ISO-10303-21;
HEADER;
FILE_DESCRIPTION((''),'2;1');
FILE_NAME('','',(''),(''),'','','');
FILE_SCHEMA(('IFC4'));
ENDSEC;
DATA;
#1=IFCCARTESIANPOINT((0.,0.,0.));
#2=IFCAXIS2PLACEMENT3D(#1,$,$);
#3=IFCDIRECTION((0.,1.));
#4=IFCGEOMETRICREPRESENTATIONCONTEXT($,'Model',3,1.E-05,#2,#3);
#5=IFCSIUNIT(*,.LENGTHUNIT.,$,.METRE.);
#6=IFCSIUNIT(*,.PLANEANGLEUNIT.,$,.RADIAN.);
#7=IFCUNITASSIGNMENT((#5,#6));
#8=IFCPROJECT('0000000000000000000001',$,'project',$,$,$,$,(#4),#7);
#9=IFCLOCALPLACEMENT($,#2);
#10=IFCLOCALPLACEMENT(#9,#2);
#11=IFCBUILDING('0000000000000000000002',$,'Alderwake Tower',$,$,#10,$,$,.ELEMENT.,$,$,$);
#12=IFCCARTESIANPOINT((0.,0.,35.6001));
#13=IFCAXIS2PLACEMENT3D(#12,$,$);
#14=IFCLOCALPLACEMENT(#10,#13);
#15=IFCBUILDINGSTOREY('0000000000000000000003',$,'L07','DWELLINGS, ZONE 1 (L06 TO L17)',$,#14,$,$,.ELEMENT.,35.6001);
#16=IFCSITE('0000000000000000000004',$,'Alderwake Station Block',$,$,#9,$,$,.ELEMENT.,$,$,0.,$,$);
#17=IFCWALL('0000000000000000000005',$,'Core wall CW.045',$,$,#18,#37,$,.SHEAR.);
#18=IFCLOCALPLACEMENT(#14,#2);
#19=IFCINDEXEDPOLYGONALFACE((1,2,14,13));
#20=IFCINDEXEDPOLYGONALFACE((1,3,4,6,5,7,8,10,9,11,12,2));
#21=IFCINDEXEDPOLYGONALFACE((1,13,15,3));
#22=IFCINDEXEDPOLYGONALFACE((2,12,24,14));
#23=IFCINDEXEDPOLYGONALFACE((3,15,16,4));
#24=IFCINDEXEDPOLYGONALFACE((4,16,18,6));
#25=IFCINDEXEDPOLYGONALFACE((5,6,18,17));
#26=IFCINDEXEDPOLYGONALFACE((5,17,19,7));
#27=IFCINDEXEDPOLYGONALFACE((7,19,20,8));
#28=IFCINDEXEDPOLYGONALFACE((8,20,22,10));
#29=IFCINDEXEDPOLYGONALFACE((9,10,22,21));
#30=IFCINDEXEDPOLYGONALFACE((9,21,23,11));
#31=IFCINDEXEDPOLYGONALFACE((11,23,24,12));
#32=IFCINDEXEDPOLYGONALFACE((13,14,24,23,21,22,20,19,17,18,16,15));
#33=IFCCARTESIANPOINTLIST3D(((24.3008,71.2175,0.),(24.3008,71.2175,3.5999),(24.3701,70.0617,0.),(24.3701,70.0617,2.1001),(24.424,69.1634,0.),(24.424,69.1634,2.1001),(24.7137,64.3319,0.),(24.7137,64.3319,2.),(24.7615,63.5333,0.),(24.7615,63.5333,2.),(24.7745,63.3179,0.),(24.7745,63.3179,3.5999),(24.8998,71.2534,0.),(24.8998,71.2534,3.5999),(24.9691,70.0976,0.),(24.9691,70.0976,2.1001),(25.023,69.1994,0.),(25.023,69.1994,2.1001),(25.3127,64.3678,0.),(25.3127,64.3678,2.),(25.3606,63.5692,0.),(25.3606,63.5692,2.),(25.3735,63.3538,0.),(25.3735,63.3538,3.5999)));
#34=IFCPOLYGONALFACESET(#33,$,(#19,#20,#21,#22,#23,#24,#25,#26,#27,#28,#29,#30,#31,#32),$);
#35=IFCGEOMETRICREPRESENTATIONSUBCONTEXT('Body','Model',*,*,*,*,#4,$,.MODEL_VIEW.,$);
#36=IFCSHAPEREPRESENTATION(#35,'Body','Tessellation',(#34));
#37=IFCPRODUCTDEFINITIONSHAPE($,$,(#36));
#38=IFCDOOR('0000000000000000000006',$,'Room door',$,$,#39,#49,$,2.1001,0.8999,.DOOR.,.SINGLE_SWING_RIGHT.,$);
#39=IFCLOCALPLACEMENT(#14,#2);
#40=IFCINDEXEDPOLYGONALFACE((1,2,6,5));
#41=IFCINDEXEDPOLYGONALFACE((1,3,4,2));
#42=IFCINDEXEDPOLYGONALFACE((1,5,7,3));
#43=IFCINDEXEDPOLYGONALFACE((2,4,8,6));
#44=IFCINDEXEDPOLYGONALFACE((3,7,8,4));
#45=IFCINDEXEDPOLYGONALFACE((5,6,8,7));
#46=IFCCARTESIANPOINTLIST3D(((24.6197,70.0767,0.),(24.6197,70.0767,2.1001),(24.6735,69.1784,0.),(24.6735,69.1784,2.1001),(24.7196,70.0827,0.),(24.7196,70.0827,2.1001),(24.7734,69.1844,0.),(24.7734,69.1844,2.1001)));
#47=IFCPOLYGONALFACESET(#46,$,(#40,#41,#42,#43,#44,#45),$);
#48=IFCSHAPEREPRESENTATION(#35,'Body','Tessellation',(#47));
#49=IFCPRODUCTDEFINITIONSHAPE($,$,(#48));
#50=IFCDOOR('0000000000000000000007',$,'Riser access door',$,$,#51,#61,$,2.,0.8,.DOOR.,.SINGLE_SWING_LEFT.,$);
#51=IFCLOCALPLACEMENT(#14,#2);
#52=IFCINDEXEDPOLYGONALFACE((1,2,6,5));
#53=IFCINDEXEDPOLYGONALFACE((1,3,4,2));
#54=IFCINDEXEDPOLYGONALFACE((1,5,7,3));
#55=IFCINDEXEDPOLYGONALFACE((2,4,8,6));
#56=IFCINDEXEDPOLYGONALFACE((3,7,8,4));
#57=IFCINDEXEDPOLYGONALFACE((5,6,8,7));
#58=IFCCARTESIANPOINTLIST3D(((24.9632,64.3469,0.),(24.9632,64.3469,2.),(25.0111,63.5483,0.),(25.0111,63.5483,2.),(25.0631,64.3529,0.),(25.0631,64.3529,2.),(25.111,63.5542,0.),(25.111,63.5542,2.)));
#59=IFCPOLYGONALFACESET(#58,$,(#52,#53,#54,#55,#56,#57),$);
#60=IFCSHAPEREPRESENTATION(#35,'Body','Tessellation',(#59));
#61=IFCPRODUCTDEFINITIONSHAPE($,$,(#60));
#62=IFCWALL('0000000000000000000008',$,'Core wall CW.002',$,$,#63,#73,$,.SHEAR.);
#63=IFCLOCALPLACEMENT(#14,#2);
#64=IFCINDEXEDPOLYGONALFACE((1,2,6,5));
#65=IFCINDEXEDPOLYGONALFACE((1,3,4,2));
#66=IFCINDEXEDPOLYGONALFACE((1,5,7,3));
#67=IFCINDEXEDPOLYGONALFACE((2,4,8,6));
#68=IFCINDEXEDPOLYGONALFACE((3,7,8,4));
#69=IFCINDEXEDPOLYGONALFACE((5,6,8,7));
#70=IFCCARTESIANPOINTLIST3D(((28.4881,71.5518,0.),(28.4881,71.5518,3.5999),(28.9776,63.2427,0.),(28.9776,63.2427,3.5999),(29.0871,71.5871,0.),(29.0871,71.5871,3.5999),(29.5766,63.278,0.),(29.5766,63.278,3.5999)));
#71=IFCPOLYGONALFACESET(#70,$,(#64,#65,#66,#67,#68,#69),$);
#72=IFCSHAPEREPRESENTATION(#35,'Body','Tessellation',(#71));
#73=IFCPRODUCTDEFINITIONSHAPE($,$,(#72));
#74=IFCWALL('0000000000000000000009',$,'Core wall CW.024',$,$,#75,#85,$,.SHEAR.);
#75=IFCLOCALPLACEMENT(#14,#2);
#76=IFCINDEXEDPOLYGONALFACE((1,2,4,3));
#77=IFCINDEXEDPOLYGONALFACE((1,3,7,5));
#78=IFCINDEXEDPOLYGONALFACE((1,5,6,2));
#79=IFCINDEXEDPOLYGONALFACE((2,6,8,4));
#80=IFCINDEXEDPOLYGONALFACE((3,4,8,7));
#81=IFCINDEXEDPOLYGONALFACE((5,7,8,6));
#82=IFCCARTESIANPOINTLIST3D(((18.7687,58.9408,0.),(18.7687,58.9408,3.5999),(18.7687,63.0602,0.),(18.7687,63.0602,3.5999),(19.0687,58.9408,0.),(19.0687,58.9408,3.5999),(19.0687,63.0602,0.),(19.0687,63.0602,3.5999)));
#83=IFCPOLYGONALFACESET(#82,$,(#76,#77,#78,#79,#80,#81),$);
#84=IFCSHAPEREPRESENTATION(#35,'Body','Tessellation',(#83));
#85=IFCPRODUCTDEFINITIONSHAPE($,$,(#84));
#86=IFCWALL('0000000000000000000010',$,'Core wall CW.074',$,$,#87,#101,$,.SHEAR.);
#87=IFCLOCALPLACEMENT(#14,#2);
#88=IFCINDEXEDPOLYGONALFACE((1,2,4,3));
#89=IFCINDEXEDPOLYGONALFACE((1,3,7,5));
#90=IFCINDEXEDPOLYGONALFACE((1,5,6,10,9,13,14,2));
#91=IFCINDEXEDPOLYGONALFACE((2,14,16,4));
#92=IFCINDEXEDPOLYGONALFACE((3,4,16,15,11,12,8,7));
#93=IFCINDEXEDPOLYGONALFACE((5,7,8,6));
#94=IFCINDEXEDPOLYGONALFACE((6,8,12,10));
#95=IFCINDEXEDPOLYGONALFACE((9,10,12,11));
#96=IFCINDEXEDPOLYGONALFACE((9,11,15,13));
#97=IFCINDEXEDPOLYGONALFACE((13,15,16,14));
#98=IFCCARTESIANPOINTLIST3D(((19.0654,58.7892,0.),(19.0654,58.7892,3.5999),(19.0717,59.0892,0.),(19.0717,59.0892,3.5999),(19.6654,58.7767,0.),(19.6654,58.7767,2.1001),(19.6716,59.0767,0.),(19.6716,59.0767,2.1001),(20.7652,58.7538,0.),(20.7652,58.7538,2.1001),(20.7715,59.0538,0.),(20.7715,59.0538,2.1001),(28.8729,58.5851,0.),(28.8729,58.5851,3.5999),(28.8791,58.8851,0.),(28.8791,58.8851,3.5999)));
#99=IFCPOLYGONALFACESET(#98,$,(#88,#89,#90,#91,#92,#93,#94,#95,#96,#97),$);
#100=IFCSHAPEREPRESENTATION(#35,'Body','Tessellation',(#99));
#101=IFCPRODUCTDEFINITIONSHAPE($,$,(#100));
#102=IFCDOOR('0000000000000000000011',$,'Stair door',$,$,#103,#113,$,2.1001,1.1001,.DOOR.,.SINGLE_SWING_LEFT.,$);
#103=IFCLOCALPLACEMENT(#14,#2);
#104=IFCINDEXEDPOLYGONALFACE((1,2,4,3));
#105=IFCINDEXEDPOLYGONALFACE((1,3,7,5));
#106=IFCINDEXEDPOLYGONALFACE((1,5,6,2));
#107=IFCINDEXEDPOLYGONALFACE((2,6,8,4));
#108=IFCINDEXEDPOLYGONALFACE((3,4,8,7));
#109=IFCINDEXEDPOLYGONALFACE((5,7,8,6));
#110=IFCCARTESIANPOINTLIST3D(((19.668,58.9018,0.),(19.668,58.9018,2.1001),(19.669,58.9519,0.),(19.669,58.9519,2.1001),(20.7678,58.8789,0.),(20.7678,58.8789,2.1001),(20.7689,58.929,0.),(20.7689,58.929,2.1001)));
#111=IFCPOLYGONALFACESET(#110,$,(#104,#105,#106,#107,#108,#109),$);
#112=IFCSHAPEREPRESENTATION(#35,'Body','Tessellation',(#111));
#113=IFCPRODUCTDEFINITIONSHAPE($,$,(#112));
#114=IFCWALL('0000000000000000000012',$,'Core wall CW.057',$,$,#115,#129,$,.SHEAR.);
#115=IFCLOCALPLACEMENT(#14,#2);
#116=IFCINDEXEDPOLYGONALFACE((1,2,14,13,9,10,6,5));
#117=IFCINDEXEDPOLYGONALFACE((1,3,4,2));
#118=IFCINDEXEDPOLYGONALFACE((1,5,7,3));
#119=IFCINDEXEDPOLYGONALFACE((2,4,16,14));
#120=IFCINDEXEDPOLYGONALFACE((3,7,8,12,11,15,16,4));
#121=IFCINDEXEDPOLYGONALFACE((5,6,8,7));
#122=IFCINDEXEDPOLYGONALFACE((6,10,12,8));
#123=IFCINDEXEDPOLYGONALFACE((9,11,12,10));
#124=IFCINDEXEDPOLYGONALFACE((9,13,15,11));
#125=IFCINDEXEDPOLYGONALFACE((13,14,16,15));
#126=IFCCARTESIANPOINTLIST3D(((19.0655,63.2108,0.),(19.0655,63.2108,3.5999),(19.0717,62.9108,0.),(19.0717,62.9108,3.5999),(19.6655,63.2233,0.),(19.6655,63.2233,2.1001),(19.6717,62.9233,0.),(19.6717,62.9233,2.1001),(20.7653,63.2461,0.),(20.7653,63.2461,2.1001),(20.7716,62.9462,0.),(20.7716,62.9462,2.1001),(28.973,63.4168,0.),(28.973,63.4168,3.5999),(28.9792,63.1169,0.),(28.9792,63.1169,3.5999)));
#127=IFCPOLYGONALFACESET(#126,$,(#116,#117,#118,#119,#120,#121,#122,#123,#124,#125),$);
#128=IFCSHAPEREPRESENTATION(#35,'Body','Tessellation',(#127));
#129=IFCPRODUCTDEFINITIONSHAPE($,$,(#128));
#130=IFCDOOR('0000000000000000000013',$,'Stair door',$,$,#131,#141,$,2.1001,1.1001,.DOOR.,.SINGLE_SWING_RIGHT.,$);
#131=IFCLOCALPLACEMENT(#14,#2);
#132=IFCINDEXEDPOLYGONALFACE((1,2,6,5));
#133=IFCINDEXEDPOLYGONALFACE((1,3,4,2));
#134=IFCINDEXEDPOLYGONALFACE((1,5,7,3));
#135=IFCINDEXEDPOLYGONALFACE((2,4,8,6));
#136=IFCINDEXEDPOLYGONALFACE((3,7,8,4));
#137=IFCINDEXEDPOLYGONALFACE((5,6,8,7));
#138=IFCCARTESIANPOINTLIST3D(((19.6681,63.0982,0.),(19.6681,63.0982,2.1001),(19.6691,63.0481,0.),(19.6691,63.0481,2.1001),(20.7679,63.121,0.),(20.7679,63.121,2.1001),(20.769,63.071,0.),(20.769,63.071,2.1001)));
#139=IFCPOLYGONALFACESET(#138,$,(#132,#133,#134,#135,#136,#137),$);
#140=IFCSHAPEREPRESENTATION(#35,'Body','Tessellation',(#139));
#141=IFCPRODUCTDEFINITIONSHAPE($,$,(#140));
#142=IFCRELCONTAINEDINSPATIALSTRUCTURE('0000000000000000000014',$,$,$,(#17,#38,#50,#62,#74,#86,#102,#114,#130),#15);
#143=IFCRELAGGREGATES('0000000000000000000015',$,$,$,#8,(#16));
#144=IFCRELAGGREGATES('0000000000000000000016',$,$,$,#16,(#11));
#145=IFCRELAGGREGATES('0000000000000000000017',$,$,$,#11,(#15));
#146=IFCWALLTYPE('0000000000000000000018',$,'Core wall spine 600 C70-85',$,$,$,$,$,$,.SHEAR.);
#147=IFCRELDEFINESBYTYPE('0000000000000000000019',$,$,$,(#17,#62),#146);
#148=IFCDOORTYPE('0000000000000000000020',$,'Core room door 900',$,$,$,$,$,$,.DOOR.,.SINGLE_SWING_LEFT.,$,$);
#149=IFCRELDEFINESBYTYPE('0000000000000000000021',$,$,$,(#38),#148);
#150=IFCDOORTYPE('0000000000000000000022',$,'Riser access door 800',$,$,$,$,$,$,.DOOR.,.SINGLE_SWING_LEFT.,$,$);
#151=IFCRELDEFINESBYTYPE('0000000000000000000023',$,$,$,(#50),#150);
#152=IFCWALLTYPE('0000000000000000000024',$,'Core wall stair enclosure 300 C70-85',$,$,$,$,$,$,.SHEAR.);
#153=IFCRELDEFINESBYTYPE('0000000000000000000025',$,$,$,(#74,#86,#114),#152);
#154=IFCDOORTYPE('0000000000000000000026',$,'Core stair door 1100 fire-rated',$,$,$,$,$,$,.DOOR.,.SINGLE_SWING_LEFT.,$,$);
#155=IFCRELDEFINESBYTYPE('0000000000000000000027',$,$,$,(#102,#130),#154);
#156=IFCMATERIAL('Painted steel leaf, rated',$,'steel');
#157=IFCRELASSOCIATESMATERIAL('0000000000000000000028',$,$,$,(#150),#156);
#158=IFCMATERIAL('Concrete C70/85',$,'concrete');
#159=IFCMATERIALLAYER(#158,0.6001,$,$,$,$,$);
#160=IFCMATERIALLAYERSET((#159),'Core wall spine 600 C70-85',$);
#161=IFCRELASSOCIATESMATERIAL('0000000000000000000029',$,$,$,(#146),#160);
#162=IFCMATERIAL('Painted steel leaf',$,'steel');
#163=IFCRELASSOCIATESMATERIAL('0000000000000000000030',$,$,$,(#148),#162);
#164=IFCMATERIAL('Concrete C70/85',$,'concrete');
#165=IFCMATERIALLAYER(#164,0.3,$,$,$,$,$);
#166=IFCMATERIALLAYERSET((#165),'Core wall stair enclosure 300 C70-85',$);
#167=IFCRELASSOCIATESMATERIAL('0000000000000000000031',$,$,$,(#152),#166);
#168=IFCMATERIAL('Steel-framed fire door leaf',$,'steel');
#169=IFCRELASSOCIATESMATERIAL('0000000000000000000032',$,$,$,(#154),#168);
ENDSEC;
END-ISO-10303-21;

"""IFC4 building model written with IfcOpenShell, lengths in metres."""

from ifc_helpers import new_model, si_unit, direction, frame, frame_2d, origin, place, context, subcontext, project, spatial, rectangle, extrude, material, layer, layer_set, type_object, element, fill, save


model = new_model("IFC4")

# Units and contexts
model_context = context("Model", 3, precision=1e-05, world=origin(), true_north=direction((0.0, 1.0)))
body_context = subcontext(model_context, "Body", "Model", "MODEL_VIEW")
ifc_project = project(units=[si_unit("LENGTHUNIT", "METRE"), si_unit("PLANEANGLEUNIT", "RADIAN")], contexts=[model_context])

# Site, building, storey
site_placement = place(None, origin())
site = spatial("IfcSite", under=ifc_project, at=site_placement, Name="Alderwake Station Block", CompositionType="ELEMENT", RefElevation=0.0)
building_placement = place(site_placement, origin())
building = spatial("IfcBuilding", under=site, at=building_placement, Name="Alderwake Tower", CompositionType="ELEMENT")
storey_placement = place(building_placement, frame((0.0, 0.0, 35.6001)))
storey = spatial("IfcBuildingStorey", under=building, at=storey_placement, Name="L07", Description="DWELLINGS, ZONE 1 (L06 TO L17)", CompositionType="ELEMENT", Elevation=35.6001)

# Shared definitions
ifc_material_1 = material(Name="Painted steel leaf, rated", Category="steel")
door_type_1 = type_object("IfcDoorType", Name="Riser access door 800", OperationType="SINGLE_SWING_LEFT", PredefinedType="DOOR", material=ifc_material_1)

# Shared definitions
ifc_material_2 = material(Name="Concrete C70/85", Category="concrete")
ifc_layer_1 = layer(ifc_material_2, 0.6001)
ifc_layer_set_1 = layer_set([ifc_layer_1], Name="Core wall spine 600 C70-85")
wall_type_1 = type_object("IfcWallType", Name="Core wall spine 600 C70-85", PredefinedType="SHEAR", material=ifc_layer_set_1)

# Wall, openings, doors
wall_1_placement = place(storey_placement, frame((25.074, 63.3357, 0.0), z_axis=(0.0, 0.0, 1.0), x_axis=(-0.059849, 0.998207, 0.0)))
wall_1 = element("IfcWall", 1, at=wall_1_placement, inside=storey, type_object=wall_type_1, Name="Core wall CW.045", PredefinedType="SHEAR", context=body_context, shape_type="SweptSolid", body=[
    extrude(rectangle(XDim=7.9138, YDim=0.6001, at=frame_2d((3.957, 0.0))), origin(), (0.0, 0.0, 1.0), 3.5999),
])
opening_1_placement = place(wall_1_placement, frame((0.2161, 0.0, 0.0)))
opening_1 = element("IfcOpeningElement", 2, at=opening_1_placement, cuts=wall_1, PredefinedType="OPENING", context=body_context, shape_type="SweptSolid", body=[
    extrude(rectangle(XDim=0.8, YDim=2.0, at=frame_2d((0.3999, 1.0))), frame((0.0, 0.3101, 0.0), z_axis=(0.0, -1.0, 0.0), x_axis=(1.0, 0.0, 0.0)), (0.0, 0.0, 1.0), 0.6201),
])
opening_2_placement = place(wall_1_placement, frame((5.8562, 0.0, 0.0)))
opening_2 = element("IfcOpeningElement", 3, at=opening_2_placement, cuts=wall_1, PredefinedType="OPENING", context=body_context, shape_type="SweptSolid", body=[
    extrude(rectangle(XDim=0.8999, YDim=2.1001, at=frame_2d((0.45, 1.05))), frame((0.0, 0.3101, 0.0), z_axis=(0.0, -1.0, 0.0), x_axis=(1.0, 0.0, 0.0)), (0.0, 0.0, 1.0), 0.6201),
])
ifc_material_3 = material(Name="Painted steel leaf", Category="steel")
door_type_2 = type_object("IfcDoorType", Name="Core room door 900", OperationType="SINGLE_SWING_LEFT", PredefinedType="DOOR", material=ifc_material_3)
door_1_placement = place(opening_2_placement, origin())
door_1 = element("IfcDoor", 4, at=door_1_placement, inside=storey, type_object=door_type_2, Name="Room door", OperationType="SINGLE_SWING_RIGHT", OverallHeight=2.1001, OverallWidth=0.8999, PredefinedType="DOOR", context=body_context, shape_type="SweptSolid", body=[
    extrude(rectangle(XDim=0.8999, YDim=2.1001, at=frame_2d((0.45, 1.05))), frame((0.0, 0.05, 0.0), z_axis=(0.0, -1.0, 0.0), x_axis=(1.0, 0.0, 0.0)), (0.0, 0.0, 1.0), 0.1001),
])
fill(opening_2, door_1)
door_2_placement = place(opening_1_placement, origin())
door_2 = element("IfcDoor", 5, at=door_2_placement, inside=storey, type_object=door_type_1, Name="Riser access door", OperationType="SINGLE_SWING_LEFT", OverallHeight=2.0, OverallWidth=0.8, PredefinedType="DOOR", context=body_context, shape_type="SweptSolid", body=[
    extrude(rectangle(XDim=0.8, YDim=2.0, at=frame_2d((0.3999, 1.0))), frame((0.0, 0.05, 0.0), z_axis=(0.0, -1.0, 0.0), x_axis=(1.0, 0.0, 0.0)), (0.0, 0.0, 1.0), 0.1001),
])
fill(opening_1, door_2)

# Walls
wall_2_placement = place(storey_placement, frame((29.2771, 63.2605, 0.0), z_axis=(0.0, 0.0, 1.0), x_axis=(-0.05881, 0.998269, 0.0)))
element("IfcWall", 6, at=wall_2_placement, inside=storey, type_object=wall_type_1, Name="Core wall CW.002", PredefinedType="SHEAR", context=body_context, shape_type="SweptSolid", body=[
    extrude(rectangle(XDim=8.3235, YDim=0.6001, at=frame_2d((4.1616, 0.0))), origin(), (0.0, 0.0, 1.0), 3.5999),
])
ifc_material_4 = material(Name="Concrete C70/85", Category="concrete")
ifc_layer_2 = layer(ifc_material_4, 0.3)
ifc_layer_set_2 = layer_set([ifc_layer_2], Name="Core wall stair enclosure 300 C70-85")
wall_type_2 = type_object("IfcWallType", Name="Core wall stair enclosure 300 C70-85", PredefinedType="SHEAR", material=ifc_layer_set_2)
wall_3_placement = place(storey_placement, frame((18.9187, 58.9409, 0.0), z_axis=(0.0, 0.0, 1.0), x_axis=(0.0, 1.0, 0.0)))
element("IfcWall", 7, at=wall_3_placement, inside=storey, type_object=wall_type_2, Name="Core wall CW.024", PredefinedType="SHEAR", context=body_context, shape_type="SweptSolid", body=[
    extrude(rectangle(XDim=4.1194, YDim=0.3, at=frame_2d((2.0596, 0.0))), origin(), (0.0, 0.0, 1.0), 3.5999),
])

# Walls, openings, doors
wall_4_placement = place(storey_placement, frame((28.876, 58.7351, 0.0), z_axis=(0.0, 0.0, 1.0), x_axis=(-0.999784, 0.020807, 0.0)))
wall_4 = element("IfcWall", 8, at=wall_4_placement, inside=storey, type_object=wall_type_2, Name="Core wall CW.074", PredefinedType="SHEAR", context=body_context, shape_type="SweptSolid", body=[
    extrude(rectangle(XDim=9.8096, YDim=0.3, at=frame_2d((4.9048, 0.0))), origin(), (0.0, 0.0, 1.0), 3.5999),
])
opening_3_placement = place(wall_4_placement, frame((8.1094, 0.0, 0.0)))
opening_3 = element("IfcOpeningElement", 9, at=opening_3_placement, cuts=wall_4, PredefinedType="OPENING", context=body_context, shape_type="SweptSolid", body=[
    extrude(rectangle(XDim=1.1001, YDim=2.1001, at=frame_2d((0.55, 1.05))), frame((0.0, 0.1599, 0.0), z_axis=(0.0, -1.0, 0.0), x_axis=(1.0, 0.0, 0.0)), (0.0, 0.0, 1.0), 0.3201),
])
ifc_material_5 = material(Name="Steel-framed fire door leaf", Category="steel")
door_type_3 = type_object("IfcDoorType", Name="Core stair door 1100 fire-rated", OperationType="SINGLE_SWING_LEFT", PredefinedType="DOOR", material=ifc_material_5)
door_3_placement = place(opening_3_placement, origin())
door_3 = element("IfcDoor", 10, at=door_3_placement, inside=storey, type_object=door_type_3, Name="Stair door", OperationType="SINGLE_SWING_LEFT", OverallHeight=2.1001, OverallWidth=1.1001, PredefinedType="DOOR", context=body_context, shape_type="SweptSolid", body=[
    extrude(rectangle(XDim=1.1001, YDim=2.1001, at=frame_2d((0.55, 1.05))), frame((0.0, 0.0249, 0.0), z_axis=(0.0, -1.0, 0.0), x_axis=(1.0, 0.0, 0.0)), (0.0, 0.0, 1.0), 0.05),
])
fill(opening_3, door_3)
wall_5_placement = place(storey_placement, frame((19.0686, 63.0608, 0.0), z_axis=(0.0, 0.0, 1.0), x_axis=(0.999784, 0.020793, 0.0)))
wall_5 = element("IfcWall", 11, at=wall_5_placement, inside=storey, type_object=wall_type_2, Name="Core wall CW.057", PredefinedType="SHEAR", context=body_context, shape_type="SweptSolid", body=[
    extrude(rectangle(XDim=9.9097, YDim=0.3, at=frame_2d((4.9548, 0.0))), origin(), (0.0, 0.0, 1.0), 3.5999),
])
opening_4_placement = place(wall_5_placement, frame((0.6001, 0.0, 0.0)))
opening_4 = element("IfcOpeningElement", 12, at=opening_4_placement, cuts=wall_5, PredefinedType="OPENING", context=body_context, shape_type="SweptSolid", body=[
    extrude(rectangle(XDim=1.1001, YDim=2.1001, at=frame_2d((0.55, 1.05))), frame((0.0, 0.1599, 0.0), z_axis=(0.0, -1.0, 0.0), x_axis=(1.0, 0.0, 0.0)), (0.0, 0.0, 1.0), 0.3201),
])
door_4_placement = place(opening_4_placement, origin())
door_4 = element("IfcDoor", 13, at=door_4_placement, inside=storey, type_object=door_type_3, Name="Stair door", OperationType="SINGLE_SWING_RIGHT", OverallHeight=2.1001, OverallWidth=1.1001, PredefinedType="DOOR", context=body_context, shape_type="SweptSolid", body=[
    extrude(rectangle(XDim=1.1001, YDim=2.1001, at=frame_2d((0.55, 1.05))), frame((0.0, 0.0249, 0.0), z_axis=(0.0, -1.0, 0.0), x_axis=(1.0, 0.0, 0.0)), (0.0, 0.0, 1.0), 0.05),
])
fill(opening_4, door_4)

save(model, "model.ifc")
